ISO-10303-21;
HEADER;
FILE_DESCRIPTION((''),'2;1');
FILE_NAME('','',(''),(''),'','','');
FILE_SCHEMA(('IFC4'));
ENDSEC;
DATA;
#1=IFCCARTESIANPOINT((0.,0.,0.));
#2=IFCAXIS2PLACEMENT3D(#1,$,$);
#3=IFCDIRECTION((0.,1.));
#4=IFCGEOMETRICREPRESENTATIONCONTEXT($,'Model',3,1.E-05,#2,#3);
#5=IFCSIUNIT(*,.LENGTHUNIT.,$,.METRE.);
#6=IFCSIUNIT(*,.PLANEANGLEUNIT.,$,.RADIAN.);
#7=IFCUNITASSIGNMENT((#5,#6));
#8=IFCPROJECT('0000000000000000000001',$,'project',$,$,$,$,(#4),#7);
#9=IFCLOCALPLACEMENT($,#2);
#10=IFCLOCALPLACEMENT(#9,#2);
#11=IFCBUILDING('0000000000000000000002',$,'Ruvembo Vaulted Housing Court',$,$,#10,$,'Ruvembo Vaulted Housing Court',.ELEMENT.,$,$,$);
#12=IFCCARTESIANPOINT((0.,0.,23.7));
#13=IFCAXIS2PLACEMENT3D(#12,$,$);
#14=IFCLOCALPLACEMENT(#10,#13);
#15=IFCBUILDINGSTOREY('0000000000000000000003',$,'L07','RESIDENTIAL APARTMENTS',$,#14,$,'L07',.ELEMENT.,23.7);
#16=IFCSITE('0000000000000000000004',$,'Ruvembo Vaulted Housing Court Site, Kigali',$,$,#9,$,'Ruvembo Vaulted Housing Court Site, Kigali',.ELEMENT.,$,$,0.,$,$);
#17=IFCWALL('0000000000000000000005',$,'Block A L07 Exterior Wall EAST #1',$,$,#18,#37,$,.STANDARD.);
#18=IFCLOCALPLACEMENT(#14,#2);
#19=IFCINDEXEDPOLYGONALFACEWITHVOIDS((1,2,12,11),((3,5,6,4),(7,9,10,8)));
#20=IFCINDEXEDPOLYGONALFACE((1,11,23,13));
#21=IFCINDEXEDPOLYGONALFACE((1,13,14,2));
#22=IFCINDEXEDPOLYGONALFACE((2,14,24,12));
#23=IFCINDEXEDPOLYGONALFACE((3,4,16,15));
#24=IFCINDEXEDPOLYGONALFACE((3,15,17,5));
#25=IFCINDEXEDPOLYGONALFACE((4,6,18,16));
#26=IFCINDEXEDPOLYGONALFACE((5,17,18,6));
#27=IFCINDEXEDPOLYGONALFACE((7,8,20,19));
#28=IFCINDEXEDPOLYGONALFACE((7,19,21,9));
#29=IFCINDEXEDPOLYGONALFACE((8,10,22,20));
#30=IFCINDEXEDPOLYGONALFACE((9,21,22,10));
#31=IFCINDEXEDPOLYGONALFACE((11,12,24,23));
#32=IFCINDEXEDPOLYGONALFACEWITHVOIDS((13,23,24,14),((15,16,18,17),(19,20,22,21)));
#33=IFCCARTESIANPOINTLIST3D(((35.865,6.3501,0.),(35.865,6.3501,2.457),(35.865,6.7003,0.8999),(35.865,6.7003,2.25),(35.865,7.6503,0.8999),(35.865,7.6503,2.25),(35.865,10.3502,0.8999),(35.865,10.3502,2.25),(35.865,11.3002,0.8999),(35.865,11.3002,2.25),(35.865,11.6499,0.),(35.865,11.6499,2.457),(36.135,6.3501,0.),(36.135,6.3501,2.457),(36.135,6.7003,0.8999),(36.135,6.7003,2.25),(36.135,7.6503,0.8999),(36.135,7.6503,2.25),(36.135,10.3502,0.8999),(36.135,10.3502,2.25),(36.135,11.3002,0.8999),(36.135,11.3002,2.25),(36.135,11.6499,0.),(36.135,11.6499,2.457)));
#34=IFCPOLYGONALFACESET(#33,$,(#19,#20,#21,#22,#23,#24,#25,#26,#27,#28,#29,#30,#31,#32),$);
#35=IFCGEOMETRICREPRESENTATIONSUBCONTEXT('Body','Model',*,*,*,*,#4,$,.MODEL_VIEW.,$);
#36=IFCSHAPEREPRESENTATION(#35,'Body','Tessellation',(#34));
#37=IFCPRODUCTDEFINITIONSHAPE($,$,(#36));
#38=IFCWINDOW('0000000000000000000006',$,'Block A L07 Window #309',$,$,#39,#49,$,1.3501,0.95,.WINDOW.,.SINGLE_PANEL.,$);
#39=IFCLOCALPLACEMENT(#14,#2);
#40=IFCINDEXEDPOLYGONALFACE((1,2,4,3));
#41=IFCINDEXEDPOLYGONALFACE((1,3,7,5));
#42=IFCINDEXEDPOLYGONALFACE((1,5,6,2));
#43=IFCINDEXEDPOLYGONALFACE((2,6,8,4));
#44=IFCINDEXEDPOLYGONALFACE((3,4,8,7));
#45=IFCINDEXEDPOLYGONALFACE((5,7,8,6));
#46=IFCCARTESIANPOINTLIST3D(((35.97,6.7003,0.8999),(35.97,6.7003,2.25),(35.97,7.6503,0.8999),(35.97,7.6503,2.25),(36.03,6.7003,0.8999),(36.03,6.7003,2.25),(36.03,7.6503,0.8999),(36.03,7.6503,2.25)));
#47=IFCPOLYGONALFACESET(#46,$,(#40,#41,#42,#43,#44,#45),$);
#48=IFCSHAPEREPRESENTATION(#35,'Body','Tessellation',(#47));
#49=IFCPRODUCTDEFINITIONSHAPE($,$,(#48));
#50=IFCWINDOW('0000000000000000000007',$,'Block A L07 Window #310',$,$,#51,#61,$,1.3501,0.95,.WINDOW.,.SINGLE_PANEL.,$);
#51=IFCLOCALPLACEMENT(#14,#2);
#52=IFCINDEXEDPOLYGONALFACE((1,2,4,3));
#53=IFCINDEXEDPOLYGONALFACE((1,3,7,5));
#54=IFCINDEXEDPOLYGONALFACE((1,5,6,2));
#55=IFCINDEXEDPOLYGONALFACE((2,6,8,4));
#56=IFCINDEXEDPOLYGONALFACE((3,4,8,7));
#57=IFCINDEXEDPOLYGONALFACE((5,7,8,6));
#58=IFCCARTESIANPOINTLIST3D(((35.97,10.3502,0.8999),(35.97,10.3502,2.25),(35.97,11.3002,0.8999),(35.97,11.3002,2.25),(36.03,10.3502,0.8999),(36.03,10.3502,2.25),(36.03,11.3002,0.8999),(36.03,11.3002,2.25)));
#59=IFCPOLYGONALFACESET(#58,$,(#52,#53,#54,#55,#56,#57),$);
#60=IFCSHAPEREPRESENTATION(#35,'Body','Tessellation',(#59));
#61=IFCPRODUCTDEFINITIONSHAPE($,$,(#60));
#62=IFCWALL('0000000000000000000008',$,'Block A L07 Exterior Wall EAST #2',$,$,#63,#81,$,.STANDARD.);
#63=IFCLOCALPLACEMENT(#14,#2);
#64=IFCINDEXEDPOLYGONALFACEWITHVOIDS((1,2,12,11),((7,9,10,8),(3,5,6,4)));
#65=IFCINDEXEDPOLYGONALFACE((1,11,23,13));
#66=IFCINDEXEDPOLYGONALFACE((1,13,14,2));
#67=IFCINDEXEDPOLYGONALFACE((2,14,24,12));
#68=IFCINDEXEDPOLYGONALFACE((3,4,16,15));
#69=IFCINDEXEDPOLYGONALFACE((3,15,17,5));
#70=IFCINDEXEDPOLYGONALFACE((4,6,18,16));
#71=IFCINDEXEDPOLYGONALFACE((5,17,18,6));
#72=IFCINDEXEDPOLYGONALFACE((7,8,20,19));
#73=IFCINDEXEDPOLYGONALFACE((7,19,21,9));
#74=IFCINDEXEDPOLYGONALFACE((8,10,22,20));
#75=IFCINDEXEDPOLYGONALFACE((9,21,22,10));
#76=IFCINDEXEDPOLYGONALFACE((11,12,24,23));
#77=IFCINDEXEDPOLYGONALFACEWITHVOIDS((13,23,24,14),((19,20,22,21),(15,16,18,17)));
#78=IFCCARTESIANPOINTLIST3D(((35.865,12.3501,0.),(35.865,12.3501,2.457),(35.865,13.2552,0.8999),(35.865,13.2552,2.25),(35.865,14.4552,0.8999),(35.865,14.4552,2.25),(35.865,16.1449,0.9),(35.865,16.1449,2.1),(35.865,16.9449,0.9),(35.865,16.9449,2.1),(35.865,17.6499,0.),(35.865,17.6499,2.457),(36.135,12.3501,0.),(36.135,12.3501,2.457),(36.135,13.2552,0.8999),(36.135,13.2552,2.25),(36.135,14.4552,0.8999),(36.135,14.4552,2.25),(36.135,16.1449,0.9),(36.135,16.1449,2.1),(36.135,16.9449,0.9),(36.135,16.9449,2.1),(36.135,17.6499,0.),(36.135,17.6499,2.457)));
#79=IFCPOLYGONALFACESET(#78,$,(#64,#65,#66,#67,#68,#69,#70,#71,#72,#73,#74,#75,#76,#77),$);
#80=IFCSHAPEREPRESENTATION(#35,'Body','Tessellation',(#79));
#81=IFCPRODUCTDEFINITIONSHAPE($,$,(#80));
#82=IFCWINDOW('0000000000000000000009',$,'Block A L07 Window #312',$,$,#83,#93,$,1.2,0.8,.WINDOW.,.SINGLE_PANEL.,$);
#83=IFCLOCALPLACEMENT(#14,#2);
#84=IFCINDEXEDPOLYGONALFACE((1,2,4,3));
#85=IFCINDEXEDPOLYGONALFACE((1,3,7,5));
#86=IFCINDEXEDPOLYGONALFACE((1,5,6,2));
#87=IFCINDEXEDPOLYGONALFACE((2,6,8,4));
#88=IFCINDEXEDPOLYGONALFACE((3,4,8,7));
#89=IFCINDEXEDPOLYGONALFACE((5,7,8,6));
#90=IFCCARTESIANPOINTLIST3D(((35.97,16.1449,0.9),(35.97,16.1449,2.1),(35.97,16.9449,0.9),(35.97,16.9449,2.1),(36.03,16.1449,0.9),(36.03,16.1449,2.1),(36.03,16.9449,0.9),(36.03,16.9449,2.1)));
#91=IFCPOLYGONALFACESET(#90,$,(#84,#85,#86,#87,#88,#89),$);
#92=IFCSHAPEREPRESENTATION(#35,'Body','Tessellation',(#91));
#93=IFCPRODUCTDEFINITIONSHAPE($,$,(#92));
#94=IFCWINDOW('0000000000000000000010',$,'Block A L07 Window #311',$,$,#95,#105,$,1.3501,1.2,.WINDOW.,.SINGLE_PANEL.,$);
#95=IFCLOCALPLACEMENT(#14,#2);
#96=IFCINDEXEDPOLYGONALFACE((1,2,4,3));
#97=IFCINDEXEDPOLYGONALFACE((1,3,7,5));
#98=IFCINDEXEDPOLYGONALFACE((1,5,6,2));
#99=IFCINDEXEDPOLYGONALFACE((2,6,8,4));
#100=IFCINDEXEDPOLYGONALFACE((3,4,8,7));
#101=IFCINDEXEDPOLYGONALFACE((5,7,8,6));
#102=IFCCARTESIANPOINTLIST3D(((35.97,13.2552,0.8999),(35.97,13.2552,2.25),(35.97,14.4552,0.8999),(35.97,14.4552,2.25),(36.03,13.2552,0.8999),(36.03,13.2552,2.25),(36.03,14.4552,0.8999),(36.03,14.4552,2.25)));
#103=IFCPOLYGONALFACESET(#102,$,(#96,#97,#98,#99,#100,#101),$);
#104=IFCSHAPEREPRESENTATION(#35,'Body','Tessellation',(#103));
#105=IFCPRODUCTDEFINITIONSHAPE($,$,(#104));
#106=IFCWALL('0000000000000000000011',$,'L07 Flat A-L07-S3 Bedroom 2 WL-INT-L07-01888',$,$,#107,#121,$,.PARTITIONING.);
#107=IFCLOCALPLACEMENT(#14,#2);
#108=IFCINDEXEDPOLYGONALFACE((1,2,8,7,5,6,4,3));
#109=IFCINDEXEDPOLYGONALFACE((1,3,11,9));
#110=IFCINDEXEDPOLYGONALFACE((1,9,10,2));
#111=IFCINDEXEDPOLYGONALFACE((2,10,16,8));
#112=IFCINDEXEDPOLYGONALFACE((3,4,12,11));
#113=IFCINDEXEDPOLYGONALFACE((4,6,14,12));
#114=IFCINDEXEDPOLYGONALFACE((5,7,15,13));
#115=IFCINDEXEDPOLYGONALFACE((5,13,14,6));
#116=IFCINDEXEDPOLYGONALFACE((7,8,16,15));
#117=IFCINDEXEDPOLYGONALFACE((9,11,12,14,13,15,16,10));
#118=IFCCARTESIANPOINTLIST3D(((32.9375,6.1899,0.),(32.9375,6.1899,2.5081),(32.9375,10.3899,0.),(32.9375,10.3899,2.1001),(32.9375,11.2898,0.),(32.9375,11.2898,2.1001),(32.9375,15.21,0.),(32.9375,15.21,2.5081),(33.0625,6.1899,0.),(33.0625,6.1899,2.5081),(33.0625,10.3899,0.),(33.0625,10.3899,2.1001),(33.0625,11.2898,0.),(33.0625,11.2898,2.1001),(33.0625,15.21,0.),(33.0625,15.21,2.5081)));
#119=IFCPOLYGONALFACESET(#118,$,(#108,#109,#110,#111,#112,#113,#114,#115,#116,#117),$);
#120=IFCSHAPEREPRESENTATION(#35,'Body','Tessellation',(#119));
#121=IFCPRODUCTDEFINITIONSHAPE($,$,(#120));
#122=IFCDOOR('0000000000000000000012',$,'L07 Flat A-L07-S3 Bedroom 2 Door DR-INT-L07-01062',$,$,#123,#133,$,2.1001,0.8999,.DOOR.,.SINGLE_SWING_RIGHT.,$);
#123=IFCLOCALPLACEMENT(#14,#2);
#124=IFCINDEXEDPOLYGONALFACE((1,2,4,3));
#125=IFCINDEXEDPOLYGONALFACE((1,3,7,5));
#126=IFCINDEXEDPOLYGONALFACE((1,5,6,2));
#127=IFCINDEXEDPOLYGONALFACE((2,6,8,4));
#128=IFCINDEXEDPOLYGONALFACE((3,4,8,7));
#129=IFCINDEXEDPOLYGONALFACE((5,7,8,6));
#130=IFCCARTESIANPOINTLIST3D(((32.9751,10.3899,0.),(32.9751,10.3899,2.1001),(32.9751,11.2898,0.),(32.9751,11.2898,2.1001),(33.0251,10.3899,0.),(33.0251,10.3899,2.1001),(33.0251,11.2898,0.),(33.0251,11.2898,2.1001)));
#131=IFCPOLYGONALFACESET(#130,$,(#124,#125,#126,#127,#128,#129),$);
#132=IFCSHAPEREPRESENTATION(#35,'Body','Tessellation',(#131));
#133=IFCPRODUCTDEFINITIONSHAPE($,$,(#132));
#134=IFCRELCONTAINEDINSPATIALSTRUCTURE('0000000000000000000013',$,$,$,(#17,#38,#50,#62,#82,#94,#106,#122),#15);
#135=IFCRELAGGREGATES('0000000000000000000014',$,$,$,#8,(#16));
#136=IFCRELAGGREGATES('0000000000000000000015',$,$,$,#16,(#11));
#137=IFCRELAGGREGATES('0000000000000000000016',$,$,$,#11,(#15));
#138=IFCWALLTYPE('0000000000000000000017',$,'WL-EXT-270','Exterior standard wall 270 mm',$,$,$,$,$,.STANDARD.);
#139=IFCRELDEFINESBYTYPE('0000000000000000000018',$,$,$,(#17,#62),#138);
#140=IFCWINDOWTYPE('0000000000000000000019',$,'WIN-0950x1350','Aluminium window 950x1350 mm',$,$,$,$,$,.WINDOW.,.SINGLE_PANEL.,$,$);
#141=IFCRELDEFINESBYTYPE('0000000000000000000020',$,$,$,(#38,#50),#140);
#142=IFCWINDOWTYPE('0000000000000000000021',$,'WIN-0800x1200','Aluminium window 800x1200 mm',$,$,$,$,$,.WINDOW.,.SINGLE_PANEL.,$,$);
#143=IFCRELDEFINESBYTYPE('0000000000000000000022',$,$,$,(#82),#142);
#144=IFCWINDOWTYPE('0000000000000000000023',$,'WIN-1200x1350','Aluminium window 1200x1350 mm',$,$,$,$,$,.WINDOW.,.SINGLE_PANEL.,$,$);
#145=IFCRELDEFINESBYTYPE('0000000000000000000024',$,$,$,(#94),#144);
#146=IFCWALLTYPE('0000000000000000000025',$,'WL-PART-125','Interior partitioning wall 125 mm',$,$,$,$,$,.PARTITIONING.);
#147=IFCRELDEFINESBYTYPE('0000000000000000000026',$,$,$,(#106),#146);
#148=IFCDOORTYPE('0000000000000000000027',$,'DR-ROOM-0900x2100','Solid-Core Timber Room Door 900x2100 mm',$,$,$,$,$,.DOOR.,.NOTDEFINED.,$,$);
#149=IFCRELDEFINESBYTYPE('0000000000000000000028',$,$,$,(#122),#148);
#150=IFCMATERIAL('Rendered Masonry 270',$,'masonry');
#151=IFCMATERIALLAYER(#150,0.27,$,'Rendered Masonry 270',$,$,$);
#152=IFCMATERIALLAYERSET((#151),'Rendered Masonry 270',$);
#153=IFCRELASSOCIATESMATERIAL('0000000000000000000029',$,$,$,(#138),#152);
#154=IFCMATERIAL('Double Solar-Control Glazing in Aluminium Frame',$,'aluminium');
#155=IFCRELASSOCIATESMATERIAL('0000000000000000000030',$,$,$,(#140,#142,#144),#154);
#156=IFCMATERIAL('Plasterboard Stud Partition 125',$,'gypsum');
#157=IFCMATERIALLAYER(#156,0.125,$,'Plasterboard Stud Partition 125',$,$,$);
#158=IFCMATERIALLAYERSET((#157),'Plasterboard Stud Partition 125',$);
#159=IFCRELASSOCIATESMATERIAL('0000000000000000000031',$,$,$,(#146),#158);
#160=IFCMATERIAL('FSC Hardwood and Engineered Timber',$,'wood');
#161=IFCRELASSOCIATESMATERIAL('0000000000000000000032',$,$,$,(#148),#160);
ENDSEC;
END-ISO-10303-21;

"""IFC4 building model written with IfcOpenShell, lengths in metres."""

from ifc_helpers import new_model, si_unit, direction, frame, frame_2d, origin, place, context, subcontext, project, spatial, rectangle, extrude, material, layer, layer_set, type_object, element, fill, save


model = new_model("IFC4")

# Units and contexts
model_context = context("Model", 3, precision=1e-05, world=origin(), true_north=direction((0.0, 1.0)))
body_context = subcontext(model_context, "Body", "Model", "MODEL_VIEW")
ifc_project = project(units=[si_unit("LENGTHUNIT", "METRE"), si_unit("PLANEANGLEUNIT", "RADIAN")], contexts=[model_context])

# Site, building, storey
site_placement = place(None, origin())
site = spatial("IfcSite", under=ifc_project, at=site_placement, Name="Ruvembo Vaulted Housing Court Site, Kigali", LongName="Ruvembo Vaulted Housing Court Site, Kigali", CompositionType="ELEMENT", RefElevation=0.0)
building_placement = place(site_placement, origin())
building = spatial("IfcBuilding", under=site, at=building_placement, Name="Ruvembo Vaulted Housing Court", LongName="Ruvembo Vaulted Housing Court", CompositionType="ELEMENT")
storey_placement = place(building_placement, frame((0.0, 0.0, 23.7)))
storey = spatial("IfcBuildingStorey", under=building, at=storey_placement, Name="L07", Description="RESIDENTIAL APARTMENTS", LongName="L07", CompositionType="ELEMENT", Elevation=23.7)

# Walls, openings, windows
ifc_material_1 = material(Name="Rendered Masonry 270", Category="masonry")
ifc_layer_1 = layer(ifc_material_1, 0.27, Name="Rendered Masonry 270")
ifc_layer_set_1 = layer_set([ifc_layer_1], Name="Rendered Masonry 270")
wall_type_1 = type_object("IfcWallType", Name="WL-EXT-270", Description="Exterior standard wall 270 mm", PredefinedType="STANDARD", material=ifc_layer_set_1)
ifc_material_2 = material(Name="Double Solar-Control Glazing in Aluminium Frame", Category="aluminium")
wall_1_placement = place(storey_placement, frame((36.0, 6.3501, 0.0), z_axis=(0.0, 0.0, 1.0), x_axis=(0.0, 1.0, 0.0)))
wall_1 = element("IfcWall", 1, at=wall_1_placement, inside=storey, type_object=wall_type_1, Name="Block A L07 Exterior Wall EAST #1", PredefinedType="STANDARD", context=body_context, shape_type="SweptSolid", body=[
    extrude(rectangle(XDim=5.2998, YDim=0.27, at=frame_2d((2.6499, 0.0))), origin(), (0.0, 0.0, 1.0), 2.457),
])
opening_1_placement = place(wall_1_placement, frame((0.3501, 0.0, 0.8999)))
opening_1 = element("IfcOpeningElement", 2, at=opening_1_placement, cuts=wall_1, PredefinedType="OPENING", context=body_context, shape_type="SweptSolid", body=[
    extrude(rectangle(XDim=0.95, YDim=1.3501, at=frame_2d((0.4751, 0.675))), frame((0.0, 0.145, 0.0), z_axis=(0.0, -1.0, 0.0), x_axis=(1.0, 0.0, 0.0)), (0.0, 0.0, 1.0), 0.29),
])
opening_2_placement = place(wall_1_placement, frame((4.0, 0.0, 0.8999)))
opening_2 = element("IfcOpeningElement", 3, at=opening_2_placement, cuts=wall_1, PredefinedType="OPENING", context=body_context, shape_type="SweptSolid", body=[
    extrude(rectangle(XDim=0.95, YDim=1.3501, at=frame_2d((0.4751, 0.675))), frame((0.0, 0.145, 0.0), z_axis=(0.0, -1.0, 0.0), x_axis=(1.0, 0.0, 0.0)), (0.0, 0.0, 1.0), 0.29),
])
window_type_1 = type_object("IfcWindowType", Name="WIN-0950x1350", Description="Aluminium window 950x1350 mm", PartitioningType="SINGLE_PANEL", PredefinedType="WINDOW", material=ifc_material_2)
window_1_placement = place(opening_1_placement, origin())
window_1 = element("IfcWindow", 4, at=window_1_placement, inside=storey, type_object=window_type_1, Name="Block A L07 Window #309", OverallHeight=1.3501, OverallWidth=0.95, PartitioningType="SINGLE_PANEL", PredefinedType="WINDOW", context=body_context, shape_type="SweptSolid", body=[
    extrude(rectangle(XDim=0.95, YDim=1.3501, at=frame_2d((0.4751, 0.675))), frame((0.0, 0.03, 0.0), z_axis=(0.0, -1.0, 0.0), x_axis=(1.0, 0.0, 0.0)), (0.0, 0.0, 1.0), 0.0601),
])
fill(opening_1, window_1)
window_2_placement = place(opening_2_placement, origin())
window_2 = element("IfcWindow", 5, at=window_2_placement, inside=storey, type_object=window_type_1, Name="Block A L07 Window #310", OverallHeight=1.3501, OverallWidth=0.95, PartitioningType="SINGLE_PANEL", PredefinedType="WINDOW", context=body_context, shape_type="SweptSolid", body=[
    extrude(rectangle(XDim=0.95, YDim=1.3501, at=frame_2d((0.4751, 0.675))), frame((0.0, 0.03, 0.0), z_axis=(0.0, -1.0, 0.0), x_axis=(1.0, 0.0, 0.0)), (0.0, 0.0, 1.0), 0.0601),
])
fill(opening_2, window_2)
wall_2_placement = place(storey_placement, frame((36.0, 12.3501, 0.0), z_axis=(0.0, 0.0, 1.0), x_axis=(0.0, 1.0, 0.0)))
wall_2 = element("IfcWall", 6, at=wall_2_placement, inside=storey, type_object=wall_type_1, Name="Block A L07 Exterior Wall EAST #2", PredefinedType="STANDARD", context=body_context, shape_type="SweptSolid", body=[
    extrude(rectangle(XDim=5.2998, YDim=0.27, at=frame_2d((2.6499, 0.0))), origin(), (0.0, 0.0, 1.0), 2.457),
])
opening_3_placement = place(wall_2_placement, frame((0.905, 0.0, 0.8999)))
opening_3 = element("IfcOpeningElement", 7, at=opening_3_placement, cuts=wall_2, PredefinedType="OPENING", context=body_context, shape_type="SweptSolid", body=[
    extrude(rectangle(XDim=1.2, YDim=1.3501, at=frame_2d((0.6001, 0.675))), frame((0.0, 0.145, 0.0), z_axis=(0.0, -1.0, 0.0), x_axis=(1.0, 0.0, 0.0)), (0.0, 0.0, 1.0), 0.29),
])
opening_4_placement = place(wall_2_placement, frame((3.7949, 0.0, 0.8999)))
opening_4 = element("IfcOpeningElement", 8, at=opening_4_placement, cuts=wall_2, PredefinedType="OPENING", context=body_context, shape_type="SweptSolid", body=[
    extrude(rectangle(XDim=0.8, YDim=1.2, at=frame_2d((0.3999, 0.6001))), frame((0.0, 0.145, 0.0), z_axis=(0.0, -1.0, 0.0), x_axis=(1.0, 0.0, 0.0)), (0.0, 0.0, 1.0), 0.29),
])
window_type_2 = type_object("IfcWindowType", Name="WIN-0800x1200", Description="Aluminium window 800x1200 mm", PartitioningType="SINGLE_PANEL", PredefinedType="WINDOW", material=ifc_material_2)
window_3_placement = place(opening_4_placement, origin())
window_3 = element("IfcWindow", 9, at=window_3_placement, inside=storey, type_object=window_type_2, Name="Block A L07 Window #312", OverallHeight=1.2, OverallWidth=0.8, PartitioningType="SINGLE_PANEL", PredefinedType="WINDOW", context=body_context, shape_type="SweptSolid", body=[
    extrude(rectangle(XDim=0.8, YDim=1.2, at=frame_2d((0.3999, 0.6001))), frame((0.0, 0.03, 0.0), z_axis=(0.0, -1.0, 0.0), x_axis=(1.0, 0.0, 0.0)), (0.0, 0.0, 1.0), 0.0601),
])
fill(opening_4, window_3)
window_type_3 = type_object("IfcWindowType", Name="WIN-1200x1350", Description="Aluminium window 1200x1350 mm", PartitioningType="SINGLE_PANEL", PredefinedType="WINDOW", material=ifc_material_2)
window_4_placement = place(opening_3_placement, origin())
window_4 = element("IfcWindow", 10, at=window_4_placement, inside=storey, type_object=window_type_3, Name="Block A L07 Window #311", OverallHeight=1.3501, OverallWidth=1.2, PartitioningType="SINGLE_PANEL", PredefinedType="WINDOW", context=body_context, shape_type="SweptSolid", body=[
    extrude(rectangle(XDim=1.2, YDim=1.3501, at=frame_2d((0.6001, 0.675))), frame((0.0, 0.03, 0.0), z_axis=(0.0, -1.0, 0.0), x_axis=(1.0, 0.0, 0.0)), (0.0, 0.0, 1.0), 0.0601),
])
fill(opening_3, window_4)

# Wall, opening, door
ifc_material_3 = material(Name="Plasterboard Stud Partition 125", Category="gypsum")
ifc_layer_2 = layer(ifc_material_3, 0.125, Name="Plasterboard Stud Partition 125")
ifc_layer_set_2 = layer_set([ifc_layer_2], Name="Plasterboard Stud Partition 125")
wall_type_2 = type_object("IfcWallType", Name="WL-PART-125", Description="Interior partitioning wall 125 mm", PredefinedType="PARTITIONING", material=ifc_layer_set_2)
wall_3_placement = place(storey_placement, frame((33.0, 6.1899, 0.0), z_axis=(0.0, 0.0, 1.0), x_axis=(0.0, 1.0, 0.0)))
wall_3 = element("IfcWall", 11, at=wall_3_placement, inside=storey, type_object=wall_type_2, Name="L07 Flat A-L07-S3 Bedroom 2 WL-INT-L07-01888", PredefinedType="PARTITIONING", context=body_context, shape_type="SweptSolid", body=[
    extrude(rectangle(XDim=9.02, YDim=0.125, at=frame_2d((4.51, 0.0))), origin(), (0.0, 0.0, 1.0), 2.5081),
])
opening_5_placement = place(wall_3_placement, frame((4.2, 0.0, 0.0)))
opening_5 = element("IfcOpeningElement", 12, at=opening_5_placement, cuts=wall_3, PredefinedType="OPENING", context=body_context, shape_type="SweptSolid", body=[
    extrude(rectangle(XDim=0.8999, YDim=2.1001, at=frame_2d((0.45, 1.05))), frame((0.0, 0.0725, 0.0), z_axis=(0.0, -1.0, 0.0), x_axis=(1.0, 0.0, 0.0)), (0.0, 0.0, 1.0), 0.145),
])
ifc_material_4 = material(Name="FSC Hardwood and Engineered Timber", Category="wood")
door_type = type_object("IfcDoorType", Name="DR-ROOM-0900x2100", Description="Solid-Core Timber Room Door 900x2100 mm", OperationType="NOTDEFINED", PredefinedType="DOOR", material=ifc_material_4)
door_placement = place(opening_5_placement, origin())
door = element("IfcDoor", 13, at=door_placement, inside=storey, type_object=door_type, Name="L07 Flat A-L07-S3 Bedroom 2 Door DR-INT-L07-01062", OperationType="SINGLE_SWING_RIGHT", OverallHeight=2.1001, OverallWidth=0.8999, PredefinedType="DOOR", context=body_context, shape_type="SweptSolid", body=[
    extrude(rectangle(XDim=0.8999, YDim=2.1001, at=frame_2d((0.45, 1.05))), frame((0.0, 0.0249, 0.0), z_axis=(0.0, -1.0, 0.0), x_axis=(1.0, 0.0, 0.0)), (0.0, 0.0, 1.0), 0.05),
])
fill(opening_5, door)

save(model, "model.ifc")
